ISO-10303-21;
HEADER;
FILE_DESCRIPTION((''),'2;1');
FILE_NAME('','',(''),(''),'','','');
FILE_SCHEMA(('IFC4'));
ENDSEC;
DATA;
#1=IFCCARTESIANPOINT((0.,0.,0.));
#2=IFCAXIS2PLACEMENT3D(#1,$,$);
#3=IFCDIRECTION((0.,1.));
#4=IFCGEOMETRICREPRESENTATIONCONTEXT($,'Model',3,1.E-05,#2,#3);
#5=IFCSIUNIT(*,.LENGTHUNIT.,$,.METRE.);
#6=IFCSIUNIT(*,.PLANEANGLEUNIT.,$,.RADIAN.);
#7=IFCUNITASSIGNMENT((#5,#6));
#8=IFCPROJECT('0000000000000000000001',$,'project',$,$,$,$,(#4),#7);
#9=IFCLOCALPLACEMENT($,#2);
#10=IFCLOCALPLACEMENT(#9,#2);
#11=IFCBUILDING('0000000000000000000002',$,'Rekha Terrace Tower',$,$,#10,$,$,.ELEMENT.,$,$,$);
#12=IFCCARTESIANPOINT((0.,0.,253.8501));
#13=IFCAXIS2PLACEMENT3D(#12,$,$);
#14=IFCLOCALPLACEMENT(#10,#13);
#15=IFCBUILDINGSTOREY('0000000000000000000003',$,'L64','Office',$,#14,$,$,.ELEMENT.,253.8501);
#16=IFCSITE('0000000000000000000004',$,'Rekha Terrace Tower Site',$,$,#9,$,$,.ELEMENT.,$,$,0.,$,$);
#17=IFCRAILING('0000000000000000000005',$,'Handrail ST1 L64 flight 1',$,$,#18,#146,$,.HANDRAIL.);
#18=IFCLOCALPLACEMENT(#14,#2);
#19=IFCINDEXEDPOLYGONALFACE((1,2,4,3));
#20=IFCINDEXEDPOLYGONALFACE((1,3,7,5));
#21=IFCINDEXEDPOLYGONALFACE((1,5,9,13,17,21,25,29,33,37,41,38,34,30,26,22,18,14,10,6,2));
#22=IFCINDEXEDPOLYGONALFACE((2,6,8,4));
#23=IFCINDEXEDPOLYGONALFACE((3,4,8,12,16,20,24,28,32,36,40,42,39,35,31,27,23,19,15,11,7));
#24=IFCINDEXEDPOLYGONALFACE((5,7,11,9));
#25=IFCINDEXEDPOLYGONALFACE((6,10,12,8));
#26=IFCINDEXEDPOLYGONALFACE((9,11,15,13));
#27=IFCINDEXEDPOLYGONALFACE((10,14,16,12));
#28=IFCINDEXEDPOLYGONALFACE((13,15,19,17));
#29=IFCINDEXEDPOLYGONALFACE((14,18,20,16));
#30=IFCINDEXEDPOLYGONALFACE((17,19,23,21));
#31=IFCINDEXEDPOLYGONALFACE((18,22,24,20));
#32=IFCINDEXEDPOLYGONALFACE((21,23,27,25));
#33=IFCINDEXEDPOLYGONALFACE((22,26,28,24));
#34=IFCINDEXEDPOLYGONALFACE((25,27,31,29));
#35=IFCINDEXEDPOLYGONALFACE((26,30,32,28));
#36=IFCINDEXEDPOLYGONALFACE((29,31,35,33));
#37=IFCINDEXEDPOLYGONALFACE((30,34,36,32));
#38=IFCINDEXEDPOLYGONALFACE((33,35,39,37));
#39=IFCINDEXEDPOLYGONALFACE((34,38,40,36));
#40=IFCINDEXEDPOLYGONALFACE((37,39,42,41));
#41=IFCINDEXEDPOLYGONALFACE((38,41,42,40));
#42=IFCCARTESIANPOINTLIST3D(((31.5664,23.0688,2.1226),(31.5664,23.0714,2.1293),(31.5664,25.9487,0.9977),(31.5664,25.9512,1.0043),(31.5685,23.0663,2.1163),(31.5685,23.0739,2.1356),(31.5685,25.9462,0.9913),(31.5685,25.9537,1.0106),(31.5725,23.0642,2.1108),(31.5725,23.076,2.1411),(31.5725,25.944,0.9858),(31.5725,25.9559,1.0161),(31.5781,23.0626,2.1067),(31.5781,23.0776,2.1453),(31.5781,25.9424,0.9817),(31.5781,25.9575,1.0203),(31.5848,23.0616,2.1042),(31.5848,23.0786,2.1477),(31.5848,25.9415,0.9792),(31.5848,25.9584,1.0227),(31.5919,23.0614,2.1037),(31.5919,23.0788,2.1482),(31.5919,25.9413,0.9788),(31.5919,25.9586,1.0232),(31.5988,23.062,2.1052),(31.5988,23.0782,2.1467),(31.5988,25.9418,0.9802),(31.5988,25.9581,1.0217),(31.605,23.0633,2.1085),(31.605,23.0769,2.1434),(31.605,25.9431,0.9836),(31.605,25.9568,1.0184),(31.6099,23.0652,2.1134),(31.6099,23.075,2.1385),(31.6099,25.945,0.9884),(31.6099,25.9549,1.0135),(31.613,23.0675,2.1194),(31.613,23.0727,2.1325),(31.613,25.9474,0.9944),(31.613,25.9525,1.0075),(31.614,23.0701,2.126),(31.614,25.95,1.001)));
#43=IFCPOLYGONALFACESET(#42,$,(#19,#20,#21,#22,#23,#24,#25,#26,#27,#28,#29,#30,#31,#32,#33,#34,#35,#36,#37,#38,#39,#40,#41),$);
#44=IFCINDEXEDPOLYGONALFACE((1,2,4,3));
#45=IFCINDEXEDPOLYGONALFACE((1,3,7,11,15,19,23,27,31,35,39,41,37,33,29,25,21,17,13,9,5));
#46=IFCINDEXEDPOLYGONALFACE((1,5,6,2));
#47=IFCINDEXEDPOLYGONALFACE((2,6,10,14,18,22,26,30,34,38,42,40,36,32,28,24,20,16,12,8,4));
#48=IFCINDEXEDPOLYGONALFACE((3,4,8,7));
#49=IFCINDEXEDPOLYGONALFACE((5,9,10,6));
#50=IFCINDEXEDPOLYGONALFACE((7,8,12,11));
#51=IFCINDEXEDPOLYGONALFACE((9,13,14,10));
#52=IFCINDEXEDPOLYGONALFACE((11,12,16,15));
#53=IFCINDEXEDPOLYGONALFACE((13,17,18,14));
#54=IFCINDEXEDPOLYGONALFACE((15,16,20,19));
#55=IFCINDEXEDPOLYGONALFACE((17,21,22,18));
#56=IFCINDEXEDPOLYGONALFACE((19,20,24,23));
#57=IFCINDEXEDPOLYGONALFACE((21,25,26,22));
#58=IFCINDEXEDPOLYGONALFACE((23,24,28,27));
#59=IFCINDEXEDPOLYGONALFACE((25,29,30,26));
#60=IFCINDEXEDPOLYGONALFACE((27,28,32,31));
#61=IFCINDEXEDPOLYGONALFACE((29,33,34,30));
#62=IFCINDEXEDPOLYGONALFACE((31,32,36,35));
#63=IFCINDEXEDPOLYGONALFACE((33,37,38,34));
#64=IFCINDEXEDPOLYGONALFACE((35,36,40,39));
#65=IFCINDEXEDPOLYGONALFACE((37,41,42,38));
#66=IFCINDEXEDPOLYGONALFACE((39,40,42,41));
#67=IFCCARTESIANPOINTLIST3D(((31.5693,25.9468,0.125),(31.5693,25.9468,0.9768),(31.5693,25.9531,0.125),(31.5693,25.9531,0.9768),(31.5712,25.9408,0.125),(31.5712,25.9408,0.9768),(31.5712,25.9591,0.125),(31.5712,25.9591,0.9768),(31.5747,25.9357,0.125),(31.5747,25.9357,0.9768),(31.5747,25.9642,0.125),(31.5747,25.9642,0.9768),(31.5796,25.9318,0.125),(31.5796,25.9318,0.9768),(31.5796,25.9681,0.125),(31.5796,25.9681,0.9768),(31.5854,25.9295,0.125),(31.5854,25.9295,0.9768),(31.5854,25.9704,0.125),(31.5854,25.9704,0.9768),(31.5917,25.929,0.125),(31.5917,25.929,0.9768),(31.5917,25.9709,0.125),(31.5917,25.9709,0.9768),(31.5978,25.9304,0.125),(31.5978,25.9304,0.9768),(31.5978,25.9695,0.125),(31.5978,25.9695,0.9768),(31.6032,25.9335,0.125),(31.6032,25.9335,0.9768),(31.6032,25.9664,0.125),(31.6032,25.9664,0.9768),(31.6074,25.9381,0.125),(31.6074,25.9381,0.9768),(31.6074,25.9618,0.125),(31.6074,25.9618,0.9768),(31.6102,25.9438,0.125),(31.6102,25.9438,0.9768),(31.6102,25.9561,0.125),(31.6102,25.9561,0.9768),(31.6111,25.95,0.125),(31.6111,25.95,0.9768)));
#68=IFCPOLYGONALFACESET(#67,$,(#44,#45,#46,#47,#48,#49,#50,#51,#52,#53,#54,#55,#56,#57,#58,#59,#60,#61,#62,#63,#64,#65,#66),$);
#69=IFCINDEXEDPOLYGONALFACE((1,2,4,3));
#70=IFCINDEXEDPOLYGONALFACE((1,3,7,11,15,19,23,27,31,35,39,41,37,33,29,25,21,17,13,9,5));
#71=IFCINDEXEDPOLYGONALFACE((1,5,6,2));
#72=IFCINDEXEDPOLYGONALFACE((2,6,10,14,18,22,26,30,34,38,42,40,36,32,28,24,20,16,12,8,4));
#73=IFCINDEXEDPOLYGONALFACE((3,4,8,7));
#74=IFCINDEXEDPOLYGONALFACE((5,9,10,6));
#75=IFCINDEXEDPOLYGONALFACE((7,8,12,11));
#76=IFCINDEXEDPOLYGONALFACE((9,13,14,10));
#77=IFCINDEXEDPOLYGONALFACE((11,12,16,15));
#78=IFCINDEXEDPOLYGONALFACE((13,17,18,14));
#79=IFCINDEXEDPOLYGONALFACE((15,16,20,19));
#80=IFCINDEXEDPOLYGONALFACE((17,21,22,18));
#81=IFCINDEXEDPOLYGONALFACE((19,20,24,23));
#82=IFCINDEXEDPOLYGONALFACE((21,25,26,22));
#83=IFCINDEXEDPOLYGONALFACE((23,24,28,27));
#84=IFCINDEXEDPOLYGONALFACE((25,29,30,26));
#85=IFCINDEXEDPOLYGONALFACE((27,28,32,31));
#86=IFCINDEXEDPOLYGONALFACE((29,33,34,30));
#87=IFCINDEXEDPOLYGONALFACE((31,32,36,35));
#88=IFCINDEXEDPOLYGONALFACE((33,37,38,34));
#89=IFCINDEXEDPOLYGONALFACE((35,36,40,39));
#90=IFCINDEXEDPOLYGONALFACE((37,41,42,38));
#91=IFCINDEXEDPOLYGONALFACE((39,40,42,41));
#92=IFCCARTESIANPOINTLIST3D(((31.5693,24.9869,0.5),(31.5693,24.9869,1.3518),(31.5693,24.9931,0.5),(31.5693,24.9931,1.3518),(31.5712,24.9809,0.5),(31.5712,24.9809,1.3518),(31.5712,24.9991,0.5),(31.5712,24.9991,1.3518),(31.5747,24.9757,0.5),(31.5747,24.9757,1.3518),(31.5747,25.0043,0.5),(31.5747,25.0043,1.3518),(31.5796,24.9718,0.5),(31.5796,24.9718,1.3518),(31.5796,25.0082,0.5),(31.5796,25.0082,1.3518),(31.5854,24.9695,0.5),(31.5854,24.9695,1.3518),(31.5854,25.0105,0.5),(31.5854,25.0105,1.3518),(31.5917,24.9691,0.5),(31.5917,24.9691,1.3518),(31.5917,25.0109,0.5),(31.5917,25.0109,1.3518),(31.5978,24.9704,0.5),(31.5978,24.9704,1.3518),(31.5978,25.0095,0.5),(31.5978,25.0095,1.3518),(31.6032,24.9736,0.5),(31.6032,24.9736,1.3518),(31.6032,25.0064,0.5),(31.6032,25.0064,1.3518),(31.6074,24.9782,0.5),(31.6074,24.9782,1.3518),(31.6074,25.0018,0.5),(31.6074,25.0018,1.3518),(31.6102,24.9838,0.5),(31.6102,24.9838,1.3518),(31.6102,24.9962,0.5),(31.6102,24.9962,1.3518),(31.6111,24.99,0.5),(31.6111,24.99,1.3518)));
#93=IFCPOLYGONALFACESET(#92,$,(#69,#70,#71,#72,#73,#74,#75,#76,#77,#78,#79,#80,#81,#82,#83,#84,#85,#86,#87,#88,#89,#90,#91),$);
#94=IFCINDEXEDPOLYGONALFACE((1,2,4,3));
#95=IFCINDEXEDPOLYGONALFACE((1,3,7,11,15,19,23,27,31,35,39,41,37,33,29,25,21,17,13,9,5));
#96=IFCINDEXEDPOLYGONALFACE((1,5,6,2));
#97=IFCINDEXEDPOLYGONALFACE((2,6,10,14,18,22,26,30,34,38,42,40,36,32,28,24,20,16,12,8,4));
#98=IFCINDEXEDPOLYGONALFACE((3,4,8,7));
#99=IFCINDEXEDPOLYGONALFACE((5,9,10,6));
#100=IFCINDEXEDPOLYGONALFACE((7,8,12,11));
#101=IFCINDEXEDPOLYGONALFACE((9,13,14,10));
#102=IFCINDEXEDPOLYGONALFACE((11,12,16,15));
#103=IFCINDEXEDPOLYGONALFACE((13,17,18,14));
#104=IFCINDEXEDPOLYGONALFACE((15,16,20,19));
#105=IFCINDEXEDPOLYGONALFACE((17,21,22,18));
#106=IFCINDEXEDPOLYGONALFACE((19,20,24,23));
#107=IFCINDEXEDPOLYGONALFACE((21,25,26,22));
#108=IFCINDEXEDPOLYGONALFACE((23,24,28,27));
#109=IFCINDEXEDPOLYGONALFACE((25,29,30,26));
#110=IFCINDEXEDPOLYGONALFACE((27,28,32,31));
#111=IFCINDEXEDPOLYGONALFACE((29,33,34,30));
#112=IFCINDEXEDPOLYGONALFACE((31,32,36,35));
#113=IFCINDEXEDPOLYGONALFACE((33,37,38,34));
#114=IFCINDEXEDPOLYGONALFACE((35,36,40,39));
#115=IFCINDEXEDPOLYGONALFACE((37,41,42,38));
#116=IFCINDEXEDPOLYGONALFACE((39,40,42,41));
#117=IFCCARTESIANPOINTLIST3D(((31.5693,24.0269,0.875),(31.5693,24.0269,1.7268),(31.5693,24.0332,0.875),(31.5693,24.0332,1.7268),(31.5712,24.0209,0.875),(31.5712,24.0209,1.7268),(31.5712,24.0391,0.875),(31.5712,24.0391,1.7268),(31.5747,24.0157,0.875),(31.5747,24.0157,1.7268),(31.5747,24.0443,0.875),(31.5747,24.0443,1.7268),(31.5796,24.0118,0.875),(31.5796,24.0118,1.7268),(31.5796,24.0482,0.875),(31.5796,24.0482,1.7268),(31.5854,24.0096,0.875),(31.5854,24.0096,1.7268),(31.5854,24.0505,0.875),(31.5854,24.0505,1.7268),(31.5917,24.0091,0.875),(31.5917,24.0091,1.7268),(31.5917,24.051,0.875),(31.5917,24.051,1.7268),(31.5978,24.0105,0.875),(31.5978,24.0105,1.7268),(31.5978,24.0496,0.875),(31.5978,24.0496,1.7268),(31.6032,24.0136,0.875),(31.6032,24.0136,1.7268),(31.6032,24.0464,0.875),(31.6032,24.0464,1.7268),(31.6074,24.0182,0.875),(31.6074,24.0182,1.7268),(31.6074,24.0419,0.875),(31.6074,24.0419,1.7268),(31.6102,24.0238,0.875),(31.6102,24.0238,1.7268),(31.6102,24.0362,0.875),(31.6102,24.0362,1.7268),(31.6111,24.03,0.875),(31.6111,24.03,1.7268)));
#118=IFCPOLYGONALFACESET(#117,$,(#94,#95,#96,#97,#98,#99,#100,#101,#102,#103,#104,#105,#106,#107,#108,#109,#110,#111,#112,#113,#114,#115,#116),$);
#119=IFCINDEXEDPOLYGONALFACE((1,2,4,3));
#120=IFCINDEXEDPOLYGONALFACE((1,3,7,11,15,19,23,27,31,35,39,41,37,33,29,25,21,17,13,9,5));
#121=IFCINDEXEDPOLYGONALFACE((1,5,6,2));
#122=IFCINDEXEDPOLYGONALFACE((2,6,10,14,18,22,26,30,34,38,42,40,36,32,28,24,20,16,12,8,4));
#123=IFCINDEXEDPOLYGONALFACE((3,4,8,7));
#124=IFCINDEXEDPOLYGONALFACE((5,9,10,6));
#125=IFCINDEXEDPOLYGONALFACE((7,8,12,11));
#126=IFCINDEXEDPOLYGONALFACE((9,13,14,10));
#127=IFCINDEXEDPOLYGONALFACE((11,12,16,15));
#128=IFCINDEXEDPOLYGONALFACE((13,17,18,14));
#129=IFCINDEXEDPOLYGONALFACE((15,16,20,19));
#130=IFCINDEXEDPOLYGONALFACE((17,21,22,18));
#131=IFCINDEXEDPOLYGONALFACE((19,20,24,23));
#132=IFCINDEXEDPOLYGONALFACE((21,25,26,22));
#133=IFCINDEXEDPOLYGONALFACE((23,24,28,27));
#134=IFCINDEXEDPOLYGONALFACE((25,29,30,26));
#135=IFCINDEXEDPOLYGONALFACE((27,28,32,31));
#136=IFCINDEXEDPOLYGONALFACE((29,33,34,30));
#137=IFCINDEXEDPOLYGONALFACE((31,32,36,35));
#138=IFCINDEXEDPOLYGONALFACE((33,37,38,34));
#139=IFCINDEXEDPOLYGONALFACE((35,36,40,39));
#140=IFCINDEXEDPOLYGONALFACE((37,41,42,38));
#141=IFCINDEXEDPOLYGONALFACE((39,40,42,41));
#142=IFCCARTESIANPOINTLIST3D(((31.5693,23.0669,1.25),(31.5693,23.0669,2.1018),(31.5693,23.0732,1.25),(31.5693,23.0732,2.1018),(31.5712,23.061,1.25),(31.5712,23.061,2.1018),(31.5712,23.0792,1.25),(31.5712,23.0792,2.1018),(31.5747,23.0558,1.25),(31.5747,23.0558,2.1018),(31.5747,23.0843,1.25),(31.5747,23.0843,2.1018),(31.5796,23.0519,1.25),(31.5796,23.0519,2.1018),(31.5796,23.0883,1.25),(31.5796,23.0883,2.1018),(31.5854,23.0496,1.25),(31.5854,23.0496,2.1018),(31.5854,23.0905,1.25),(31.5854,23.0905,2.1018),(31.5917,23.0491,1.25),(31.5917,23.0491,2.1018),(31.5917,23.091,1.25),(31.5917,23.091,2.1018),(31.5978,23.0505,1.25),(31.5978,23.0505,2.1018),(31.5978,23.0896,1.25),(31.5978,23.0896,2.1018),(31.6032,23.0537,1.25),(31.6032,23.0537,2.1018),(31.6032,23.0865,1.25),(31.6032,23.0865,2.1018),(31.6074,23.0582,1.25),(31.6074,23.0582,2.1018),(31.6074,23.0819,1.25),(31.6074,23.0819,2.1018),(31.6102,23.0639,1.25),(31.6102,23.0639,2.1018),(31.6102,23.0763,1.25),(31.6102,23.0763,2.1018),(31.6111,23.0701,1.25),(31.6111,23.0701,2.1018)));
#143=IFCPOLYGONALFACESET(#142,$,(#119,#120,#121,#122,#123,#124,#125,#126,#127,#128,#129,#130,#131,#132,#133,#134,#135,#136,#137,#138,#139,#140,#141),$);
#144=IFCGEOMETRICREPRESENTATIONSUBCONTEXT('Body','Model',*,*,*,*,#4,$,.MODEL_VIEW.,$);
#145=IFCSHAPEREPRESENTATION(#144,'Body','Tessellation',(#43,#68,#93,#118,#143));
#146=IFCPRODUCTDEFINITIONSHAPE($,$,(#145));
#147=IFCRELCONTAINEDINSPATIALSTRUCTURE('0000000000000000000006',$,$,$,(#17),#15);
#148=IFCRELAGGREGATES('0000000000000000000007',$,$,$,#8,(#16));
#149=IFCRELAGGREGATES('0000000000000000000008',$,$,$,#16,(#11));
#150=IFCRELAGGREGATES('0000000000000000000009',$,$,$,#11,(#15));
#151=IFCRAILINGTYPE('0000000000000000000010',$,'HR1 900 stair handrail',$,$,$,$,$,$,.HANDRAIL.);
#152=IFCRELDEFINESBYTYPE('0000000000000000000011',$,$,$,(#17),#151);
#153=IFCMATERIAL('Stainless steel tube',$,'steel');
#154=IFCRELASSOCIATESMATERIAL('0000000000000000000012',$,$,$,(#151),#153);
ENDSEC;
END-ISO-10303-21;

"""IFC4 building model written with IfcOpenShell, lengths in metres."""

from ifc_helpers import new_model, si_unit, direction, frame, origin, origin_2d, place, context, subcontext, project, spatial, circle, extrude, material, type_object, element, save


model = new_model("IFC4")

# Units and contexts
model_context = context("Model", 3, precision=1e-05, world=origin(), true_north=direction((0.0, 1.0)))
body_context = subcontext(model_context, "Body", "Model", "MODEL_VIEW")
ifc_project = project(units=[si_unit("LENGTHUNIT", "METRE"), si_unit("PLANEANGLEUNIT", "RADIAN")], contexts=[model_context])

# Site, building, storey
site_placement = place(None, origin())
site = spatial("IfcSite", under=ifc_project, at=site_placement, Name="Rekha Terrace Tower Site", CompositionType="ELEMENT", RefElevation=0.0)
building_placement = place(site_placement, origin())
building = spatial("IfcBuilding", under=site, at=building_placement, Name="Rekha Terrace Tower", CompositionType="ELEMENT")
storey_placement = place(building_placement, frame((0.0, 0.0, 253.8501)))
storey = spatial("IfcBuildingStorey", under=building, at=storey_placement, Name="L64", Description="Office", CompositionType="ELEMENT", Elevation=253.8501)

# Railing
ifc_material_1 = material(Name="Stainless steel tube", Category="steel")
railing_type_1 = type_object("IfcRailingType", Name="HR1 900 stair handrail", PredefinedType="HANDRAIL", material=ifc_material_1)
railing_1_placement = place(storey_placement, frame((31.5901, 25.95, 0.125)))
element("IfcRailing", 1, at=railing_1_placement, inside=storey, type_object=railing_type_1, Name="Handrail ST1 L64 flight 1", PredefinedType="HANDRAIL", context=body_context, shape_type="SweptSolid", body=[
    extrude(circle(Radius=0.0239, at=origin_2d()), frame((0.0, 0.0, 0.876), z_axis=(0.0, -0.931452, 0.363863), x_axis=(1.0, 0.0, 0.0)), (0.0, 0.0, 1.0), 3.0918),
    extrude(circle(Radius=0.021, at=origin_2d()), origin(), (0.0, 0.0, 1.0), 0.8518),
    extrude(circle(Radius=0.021, at=origin_2d()), frame((0.0, -0.96, 0.375)), (0.0, 0.0, 1.0), 0.8518),
    extrude(circle(Radius=0.021, at=origin_2d()), frame((0.0, -1.9199, 0.75)), (0.0, 0.0, 1.0), 0.8518),
    extrude(circle(Radius=0.021, at=origin_2d()), frame((0.0, -2.8799, 1.125)), (0.0, 0.0, 1.0), 0.8518),
])

save(model, "model.ifc")
